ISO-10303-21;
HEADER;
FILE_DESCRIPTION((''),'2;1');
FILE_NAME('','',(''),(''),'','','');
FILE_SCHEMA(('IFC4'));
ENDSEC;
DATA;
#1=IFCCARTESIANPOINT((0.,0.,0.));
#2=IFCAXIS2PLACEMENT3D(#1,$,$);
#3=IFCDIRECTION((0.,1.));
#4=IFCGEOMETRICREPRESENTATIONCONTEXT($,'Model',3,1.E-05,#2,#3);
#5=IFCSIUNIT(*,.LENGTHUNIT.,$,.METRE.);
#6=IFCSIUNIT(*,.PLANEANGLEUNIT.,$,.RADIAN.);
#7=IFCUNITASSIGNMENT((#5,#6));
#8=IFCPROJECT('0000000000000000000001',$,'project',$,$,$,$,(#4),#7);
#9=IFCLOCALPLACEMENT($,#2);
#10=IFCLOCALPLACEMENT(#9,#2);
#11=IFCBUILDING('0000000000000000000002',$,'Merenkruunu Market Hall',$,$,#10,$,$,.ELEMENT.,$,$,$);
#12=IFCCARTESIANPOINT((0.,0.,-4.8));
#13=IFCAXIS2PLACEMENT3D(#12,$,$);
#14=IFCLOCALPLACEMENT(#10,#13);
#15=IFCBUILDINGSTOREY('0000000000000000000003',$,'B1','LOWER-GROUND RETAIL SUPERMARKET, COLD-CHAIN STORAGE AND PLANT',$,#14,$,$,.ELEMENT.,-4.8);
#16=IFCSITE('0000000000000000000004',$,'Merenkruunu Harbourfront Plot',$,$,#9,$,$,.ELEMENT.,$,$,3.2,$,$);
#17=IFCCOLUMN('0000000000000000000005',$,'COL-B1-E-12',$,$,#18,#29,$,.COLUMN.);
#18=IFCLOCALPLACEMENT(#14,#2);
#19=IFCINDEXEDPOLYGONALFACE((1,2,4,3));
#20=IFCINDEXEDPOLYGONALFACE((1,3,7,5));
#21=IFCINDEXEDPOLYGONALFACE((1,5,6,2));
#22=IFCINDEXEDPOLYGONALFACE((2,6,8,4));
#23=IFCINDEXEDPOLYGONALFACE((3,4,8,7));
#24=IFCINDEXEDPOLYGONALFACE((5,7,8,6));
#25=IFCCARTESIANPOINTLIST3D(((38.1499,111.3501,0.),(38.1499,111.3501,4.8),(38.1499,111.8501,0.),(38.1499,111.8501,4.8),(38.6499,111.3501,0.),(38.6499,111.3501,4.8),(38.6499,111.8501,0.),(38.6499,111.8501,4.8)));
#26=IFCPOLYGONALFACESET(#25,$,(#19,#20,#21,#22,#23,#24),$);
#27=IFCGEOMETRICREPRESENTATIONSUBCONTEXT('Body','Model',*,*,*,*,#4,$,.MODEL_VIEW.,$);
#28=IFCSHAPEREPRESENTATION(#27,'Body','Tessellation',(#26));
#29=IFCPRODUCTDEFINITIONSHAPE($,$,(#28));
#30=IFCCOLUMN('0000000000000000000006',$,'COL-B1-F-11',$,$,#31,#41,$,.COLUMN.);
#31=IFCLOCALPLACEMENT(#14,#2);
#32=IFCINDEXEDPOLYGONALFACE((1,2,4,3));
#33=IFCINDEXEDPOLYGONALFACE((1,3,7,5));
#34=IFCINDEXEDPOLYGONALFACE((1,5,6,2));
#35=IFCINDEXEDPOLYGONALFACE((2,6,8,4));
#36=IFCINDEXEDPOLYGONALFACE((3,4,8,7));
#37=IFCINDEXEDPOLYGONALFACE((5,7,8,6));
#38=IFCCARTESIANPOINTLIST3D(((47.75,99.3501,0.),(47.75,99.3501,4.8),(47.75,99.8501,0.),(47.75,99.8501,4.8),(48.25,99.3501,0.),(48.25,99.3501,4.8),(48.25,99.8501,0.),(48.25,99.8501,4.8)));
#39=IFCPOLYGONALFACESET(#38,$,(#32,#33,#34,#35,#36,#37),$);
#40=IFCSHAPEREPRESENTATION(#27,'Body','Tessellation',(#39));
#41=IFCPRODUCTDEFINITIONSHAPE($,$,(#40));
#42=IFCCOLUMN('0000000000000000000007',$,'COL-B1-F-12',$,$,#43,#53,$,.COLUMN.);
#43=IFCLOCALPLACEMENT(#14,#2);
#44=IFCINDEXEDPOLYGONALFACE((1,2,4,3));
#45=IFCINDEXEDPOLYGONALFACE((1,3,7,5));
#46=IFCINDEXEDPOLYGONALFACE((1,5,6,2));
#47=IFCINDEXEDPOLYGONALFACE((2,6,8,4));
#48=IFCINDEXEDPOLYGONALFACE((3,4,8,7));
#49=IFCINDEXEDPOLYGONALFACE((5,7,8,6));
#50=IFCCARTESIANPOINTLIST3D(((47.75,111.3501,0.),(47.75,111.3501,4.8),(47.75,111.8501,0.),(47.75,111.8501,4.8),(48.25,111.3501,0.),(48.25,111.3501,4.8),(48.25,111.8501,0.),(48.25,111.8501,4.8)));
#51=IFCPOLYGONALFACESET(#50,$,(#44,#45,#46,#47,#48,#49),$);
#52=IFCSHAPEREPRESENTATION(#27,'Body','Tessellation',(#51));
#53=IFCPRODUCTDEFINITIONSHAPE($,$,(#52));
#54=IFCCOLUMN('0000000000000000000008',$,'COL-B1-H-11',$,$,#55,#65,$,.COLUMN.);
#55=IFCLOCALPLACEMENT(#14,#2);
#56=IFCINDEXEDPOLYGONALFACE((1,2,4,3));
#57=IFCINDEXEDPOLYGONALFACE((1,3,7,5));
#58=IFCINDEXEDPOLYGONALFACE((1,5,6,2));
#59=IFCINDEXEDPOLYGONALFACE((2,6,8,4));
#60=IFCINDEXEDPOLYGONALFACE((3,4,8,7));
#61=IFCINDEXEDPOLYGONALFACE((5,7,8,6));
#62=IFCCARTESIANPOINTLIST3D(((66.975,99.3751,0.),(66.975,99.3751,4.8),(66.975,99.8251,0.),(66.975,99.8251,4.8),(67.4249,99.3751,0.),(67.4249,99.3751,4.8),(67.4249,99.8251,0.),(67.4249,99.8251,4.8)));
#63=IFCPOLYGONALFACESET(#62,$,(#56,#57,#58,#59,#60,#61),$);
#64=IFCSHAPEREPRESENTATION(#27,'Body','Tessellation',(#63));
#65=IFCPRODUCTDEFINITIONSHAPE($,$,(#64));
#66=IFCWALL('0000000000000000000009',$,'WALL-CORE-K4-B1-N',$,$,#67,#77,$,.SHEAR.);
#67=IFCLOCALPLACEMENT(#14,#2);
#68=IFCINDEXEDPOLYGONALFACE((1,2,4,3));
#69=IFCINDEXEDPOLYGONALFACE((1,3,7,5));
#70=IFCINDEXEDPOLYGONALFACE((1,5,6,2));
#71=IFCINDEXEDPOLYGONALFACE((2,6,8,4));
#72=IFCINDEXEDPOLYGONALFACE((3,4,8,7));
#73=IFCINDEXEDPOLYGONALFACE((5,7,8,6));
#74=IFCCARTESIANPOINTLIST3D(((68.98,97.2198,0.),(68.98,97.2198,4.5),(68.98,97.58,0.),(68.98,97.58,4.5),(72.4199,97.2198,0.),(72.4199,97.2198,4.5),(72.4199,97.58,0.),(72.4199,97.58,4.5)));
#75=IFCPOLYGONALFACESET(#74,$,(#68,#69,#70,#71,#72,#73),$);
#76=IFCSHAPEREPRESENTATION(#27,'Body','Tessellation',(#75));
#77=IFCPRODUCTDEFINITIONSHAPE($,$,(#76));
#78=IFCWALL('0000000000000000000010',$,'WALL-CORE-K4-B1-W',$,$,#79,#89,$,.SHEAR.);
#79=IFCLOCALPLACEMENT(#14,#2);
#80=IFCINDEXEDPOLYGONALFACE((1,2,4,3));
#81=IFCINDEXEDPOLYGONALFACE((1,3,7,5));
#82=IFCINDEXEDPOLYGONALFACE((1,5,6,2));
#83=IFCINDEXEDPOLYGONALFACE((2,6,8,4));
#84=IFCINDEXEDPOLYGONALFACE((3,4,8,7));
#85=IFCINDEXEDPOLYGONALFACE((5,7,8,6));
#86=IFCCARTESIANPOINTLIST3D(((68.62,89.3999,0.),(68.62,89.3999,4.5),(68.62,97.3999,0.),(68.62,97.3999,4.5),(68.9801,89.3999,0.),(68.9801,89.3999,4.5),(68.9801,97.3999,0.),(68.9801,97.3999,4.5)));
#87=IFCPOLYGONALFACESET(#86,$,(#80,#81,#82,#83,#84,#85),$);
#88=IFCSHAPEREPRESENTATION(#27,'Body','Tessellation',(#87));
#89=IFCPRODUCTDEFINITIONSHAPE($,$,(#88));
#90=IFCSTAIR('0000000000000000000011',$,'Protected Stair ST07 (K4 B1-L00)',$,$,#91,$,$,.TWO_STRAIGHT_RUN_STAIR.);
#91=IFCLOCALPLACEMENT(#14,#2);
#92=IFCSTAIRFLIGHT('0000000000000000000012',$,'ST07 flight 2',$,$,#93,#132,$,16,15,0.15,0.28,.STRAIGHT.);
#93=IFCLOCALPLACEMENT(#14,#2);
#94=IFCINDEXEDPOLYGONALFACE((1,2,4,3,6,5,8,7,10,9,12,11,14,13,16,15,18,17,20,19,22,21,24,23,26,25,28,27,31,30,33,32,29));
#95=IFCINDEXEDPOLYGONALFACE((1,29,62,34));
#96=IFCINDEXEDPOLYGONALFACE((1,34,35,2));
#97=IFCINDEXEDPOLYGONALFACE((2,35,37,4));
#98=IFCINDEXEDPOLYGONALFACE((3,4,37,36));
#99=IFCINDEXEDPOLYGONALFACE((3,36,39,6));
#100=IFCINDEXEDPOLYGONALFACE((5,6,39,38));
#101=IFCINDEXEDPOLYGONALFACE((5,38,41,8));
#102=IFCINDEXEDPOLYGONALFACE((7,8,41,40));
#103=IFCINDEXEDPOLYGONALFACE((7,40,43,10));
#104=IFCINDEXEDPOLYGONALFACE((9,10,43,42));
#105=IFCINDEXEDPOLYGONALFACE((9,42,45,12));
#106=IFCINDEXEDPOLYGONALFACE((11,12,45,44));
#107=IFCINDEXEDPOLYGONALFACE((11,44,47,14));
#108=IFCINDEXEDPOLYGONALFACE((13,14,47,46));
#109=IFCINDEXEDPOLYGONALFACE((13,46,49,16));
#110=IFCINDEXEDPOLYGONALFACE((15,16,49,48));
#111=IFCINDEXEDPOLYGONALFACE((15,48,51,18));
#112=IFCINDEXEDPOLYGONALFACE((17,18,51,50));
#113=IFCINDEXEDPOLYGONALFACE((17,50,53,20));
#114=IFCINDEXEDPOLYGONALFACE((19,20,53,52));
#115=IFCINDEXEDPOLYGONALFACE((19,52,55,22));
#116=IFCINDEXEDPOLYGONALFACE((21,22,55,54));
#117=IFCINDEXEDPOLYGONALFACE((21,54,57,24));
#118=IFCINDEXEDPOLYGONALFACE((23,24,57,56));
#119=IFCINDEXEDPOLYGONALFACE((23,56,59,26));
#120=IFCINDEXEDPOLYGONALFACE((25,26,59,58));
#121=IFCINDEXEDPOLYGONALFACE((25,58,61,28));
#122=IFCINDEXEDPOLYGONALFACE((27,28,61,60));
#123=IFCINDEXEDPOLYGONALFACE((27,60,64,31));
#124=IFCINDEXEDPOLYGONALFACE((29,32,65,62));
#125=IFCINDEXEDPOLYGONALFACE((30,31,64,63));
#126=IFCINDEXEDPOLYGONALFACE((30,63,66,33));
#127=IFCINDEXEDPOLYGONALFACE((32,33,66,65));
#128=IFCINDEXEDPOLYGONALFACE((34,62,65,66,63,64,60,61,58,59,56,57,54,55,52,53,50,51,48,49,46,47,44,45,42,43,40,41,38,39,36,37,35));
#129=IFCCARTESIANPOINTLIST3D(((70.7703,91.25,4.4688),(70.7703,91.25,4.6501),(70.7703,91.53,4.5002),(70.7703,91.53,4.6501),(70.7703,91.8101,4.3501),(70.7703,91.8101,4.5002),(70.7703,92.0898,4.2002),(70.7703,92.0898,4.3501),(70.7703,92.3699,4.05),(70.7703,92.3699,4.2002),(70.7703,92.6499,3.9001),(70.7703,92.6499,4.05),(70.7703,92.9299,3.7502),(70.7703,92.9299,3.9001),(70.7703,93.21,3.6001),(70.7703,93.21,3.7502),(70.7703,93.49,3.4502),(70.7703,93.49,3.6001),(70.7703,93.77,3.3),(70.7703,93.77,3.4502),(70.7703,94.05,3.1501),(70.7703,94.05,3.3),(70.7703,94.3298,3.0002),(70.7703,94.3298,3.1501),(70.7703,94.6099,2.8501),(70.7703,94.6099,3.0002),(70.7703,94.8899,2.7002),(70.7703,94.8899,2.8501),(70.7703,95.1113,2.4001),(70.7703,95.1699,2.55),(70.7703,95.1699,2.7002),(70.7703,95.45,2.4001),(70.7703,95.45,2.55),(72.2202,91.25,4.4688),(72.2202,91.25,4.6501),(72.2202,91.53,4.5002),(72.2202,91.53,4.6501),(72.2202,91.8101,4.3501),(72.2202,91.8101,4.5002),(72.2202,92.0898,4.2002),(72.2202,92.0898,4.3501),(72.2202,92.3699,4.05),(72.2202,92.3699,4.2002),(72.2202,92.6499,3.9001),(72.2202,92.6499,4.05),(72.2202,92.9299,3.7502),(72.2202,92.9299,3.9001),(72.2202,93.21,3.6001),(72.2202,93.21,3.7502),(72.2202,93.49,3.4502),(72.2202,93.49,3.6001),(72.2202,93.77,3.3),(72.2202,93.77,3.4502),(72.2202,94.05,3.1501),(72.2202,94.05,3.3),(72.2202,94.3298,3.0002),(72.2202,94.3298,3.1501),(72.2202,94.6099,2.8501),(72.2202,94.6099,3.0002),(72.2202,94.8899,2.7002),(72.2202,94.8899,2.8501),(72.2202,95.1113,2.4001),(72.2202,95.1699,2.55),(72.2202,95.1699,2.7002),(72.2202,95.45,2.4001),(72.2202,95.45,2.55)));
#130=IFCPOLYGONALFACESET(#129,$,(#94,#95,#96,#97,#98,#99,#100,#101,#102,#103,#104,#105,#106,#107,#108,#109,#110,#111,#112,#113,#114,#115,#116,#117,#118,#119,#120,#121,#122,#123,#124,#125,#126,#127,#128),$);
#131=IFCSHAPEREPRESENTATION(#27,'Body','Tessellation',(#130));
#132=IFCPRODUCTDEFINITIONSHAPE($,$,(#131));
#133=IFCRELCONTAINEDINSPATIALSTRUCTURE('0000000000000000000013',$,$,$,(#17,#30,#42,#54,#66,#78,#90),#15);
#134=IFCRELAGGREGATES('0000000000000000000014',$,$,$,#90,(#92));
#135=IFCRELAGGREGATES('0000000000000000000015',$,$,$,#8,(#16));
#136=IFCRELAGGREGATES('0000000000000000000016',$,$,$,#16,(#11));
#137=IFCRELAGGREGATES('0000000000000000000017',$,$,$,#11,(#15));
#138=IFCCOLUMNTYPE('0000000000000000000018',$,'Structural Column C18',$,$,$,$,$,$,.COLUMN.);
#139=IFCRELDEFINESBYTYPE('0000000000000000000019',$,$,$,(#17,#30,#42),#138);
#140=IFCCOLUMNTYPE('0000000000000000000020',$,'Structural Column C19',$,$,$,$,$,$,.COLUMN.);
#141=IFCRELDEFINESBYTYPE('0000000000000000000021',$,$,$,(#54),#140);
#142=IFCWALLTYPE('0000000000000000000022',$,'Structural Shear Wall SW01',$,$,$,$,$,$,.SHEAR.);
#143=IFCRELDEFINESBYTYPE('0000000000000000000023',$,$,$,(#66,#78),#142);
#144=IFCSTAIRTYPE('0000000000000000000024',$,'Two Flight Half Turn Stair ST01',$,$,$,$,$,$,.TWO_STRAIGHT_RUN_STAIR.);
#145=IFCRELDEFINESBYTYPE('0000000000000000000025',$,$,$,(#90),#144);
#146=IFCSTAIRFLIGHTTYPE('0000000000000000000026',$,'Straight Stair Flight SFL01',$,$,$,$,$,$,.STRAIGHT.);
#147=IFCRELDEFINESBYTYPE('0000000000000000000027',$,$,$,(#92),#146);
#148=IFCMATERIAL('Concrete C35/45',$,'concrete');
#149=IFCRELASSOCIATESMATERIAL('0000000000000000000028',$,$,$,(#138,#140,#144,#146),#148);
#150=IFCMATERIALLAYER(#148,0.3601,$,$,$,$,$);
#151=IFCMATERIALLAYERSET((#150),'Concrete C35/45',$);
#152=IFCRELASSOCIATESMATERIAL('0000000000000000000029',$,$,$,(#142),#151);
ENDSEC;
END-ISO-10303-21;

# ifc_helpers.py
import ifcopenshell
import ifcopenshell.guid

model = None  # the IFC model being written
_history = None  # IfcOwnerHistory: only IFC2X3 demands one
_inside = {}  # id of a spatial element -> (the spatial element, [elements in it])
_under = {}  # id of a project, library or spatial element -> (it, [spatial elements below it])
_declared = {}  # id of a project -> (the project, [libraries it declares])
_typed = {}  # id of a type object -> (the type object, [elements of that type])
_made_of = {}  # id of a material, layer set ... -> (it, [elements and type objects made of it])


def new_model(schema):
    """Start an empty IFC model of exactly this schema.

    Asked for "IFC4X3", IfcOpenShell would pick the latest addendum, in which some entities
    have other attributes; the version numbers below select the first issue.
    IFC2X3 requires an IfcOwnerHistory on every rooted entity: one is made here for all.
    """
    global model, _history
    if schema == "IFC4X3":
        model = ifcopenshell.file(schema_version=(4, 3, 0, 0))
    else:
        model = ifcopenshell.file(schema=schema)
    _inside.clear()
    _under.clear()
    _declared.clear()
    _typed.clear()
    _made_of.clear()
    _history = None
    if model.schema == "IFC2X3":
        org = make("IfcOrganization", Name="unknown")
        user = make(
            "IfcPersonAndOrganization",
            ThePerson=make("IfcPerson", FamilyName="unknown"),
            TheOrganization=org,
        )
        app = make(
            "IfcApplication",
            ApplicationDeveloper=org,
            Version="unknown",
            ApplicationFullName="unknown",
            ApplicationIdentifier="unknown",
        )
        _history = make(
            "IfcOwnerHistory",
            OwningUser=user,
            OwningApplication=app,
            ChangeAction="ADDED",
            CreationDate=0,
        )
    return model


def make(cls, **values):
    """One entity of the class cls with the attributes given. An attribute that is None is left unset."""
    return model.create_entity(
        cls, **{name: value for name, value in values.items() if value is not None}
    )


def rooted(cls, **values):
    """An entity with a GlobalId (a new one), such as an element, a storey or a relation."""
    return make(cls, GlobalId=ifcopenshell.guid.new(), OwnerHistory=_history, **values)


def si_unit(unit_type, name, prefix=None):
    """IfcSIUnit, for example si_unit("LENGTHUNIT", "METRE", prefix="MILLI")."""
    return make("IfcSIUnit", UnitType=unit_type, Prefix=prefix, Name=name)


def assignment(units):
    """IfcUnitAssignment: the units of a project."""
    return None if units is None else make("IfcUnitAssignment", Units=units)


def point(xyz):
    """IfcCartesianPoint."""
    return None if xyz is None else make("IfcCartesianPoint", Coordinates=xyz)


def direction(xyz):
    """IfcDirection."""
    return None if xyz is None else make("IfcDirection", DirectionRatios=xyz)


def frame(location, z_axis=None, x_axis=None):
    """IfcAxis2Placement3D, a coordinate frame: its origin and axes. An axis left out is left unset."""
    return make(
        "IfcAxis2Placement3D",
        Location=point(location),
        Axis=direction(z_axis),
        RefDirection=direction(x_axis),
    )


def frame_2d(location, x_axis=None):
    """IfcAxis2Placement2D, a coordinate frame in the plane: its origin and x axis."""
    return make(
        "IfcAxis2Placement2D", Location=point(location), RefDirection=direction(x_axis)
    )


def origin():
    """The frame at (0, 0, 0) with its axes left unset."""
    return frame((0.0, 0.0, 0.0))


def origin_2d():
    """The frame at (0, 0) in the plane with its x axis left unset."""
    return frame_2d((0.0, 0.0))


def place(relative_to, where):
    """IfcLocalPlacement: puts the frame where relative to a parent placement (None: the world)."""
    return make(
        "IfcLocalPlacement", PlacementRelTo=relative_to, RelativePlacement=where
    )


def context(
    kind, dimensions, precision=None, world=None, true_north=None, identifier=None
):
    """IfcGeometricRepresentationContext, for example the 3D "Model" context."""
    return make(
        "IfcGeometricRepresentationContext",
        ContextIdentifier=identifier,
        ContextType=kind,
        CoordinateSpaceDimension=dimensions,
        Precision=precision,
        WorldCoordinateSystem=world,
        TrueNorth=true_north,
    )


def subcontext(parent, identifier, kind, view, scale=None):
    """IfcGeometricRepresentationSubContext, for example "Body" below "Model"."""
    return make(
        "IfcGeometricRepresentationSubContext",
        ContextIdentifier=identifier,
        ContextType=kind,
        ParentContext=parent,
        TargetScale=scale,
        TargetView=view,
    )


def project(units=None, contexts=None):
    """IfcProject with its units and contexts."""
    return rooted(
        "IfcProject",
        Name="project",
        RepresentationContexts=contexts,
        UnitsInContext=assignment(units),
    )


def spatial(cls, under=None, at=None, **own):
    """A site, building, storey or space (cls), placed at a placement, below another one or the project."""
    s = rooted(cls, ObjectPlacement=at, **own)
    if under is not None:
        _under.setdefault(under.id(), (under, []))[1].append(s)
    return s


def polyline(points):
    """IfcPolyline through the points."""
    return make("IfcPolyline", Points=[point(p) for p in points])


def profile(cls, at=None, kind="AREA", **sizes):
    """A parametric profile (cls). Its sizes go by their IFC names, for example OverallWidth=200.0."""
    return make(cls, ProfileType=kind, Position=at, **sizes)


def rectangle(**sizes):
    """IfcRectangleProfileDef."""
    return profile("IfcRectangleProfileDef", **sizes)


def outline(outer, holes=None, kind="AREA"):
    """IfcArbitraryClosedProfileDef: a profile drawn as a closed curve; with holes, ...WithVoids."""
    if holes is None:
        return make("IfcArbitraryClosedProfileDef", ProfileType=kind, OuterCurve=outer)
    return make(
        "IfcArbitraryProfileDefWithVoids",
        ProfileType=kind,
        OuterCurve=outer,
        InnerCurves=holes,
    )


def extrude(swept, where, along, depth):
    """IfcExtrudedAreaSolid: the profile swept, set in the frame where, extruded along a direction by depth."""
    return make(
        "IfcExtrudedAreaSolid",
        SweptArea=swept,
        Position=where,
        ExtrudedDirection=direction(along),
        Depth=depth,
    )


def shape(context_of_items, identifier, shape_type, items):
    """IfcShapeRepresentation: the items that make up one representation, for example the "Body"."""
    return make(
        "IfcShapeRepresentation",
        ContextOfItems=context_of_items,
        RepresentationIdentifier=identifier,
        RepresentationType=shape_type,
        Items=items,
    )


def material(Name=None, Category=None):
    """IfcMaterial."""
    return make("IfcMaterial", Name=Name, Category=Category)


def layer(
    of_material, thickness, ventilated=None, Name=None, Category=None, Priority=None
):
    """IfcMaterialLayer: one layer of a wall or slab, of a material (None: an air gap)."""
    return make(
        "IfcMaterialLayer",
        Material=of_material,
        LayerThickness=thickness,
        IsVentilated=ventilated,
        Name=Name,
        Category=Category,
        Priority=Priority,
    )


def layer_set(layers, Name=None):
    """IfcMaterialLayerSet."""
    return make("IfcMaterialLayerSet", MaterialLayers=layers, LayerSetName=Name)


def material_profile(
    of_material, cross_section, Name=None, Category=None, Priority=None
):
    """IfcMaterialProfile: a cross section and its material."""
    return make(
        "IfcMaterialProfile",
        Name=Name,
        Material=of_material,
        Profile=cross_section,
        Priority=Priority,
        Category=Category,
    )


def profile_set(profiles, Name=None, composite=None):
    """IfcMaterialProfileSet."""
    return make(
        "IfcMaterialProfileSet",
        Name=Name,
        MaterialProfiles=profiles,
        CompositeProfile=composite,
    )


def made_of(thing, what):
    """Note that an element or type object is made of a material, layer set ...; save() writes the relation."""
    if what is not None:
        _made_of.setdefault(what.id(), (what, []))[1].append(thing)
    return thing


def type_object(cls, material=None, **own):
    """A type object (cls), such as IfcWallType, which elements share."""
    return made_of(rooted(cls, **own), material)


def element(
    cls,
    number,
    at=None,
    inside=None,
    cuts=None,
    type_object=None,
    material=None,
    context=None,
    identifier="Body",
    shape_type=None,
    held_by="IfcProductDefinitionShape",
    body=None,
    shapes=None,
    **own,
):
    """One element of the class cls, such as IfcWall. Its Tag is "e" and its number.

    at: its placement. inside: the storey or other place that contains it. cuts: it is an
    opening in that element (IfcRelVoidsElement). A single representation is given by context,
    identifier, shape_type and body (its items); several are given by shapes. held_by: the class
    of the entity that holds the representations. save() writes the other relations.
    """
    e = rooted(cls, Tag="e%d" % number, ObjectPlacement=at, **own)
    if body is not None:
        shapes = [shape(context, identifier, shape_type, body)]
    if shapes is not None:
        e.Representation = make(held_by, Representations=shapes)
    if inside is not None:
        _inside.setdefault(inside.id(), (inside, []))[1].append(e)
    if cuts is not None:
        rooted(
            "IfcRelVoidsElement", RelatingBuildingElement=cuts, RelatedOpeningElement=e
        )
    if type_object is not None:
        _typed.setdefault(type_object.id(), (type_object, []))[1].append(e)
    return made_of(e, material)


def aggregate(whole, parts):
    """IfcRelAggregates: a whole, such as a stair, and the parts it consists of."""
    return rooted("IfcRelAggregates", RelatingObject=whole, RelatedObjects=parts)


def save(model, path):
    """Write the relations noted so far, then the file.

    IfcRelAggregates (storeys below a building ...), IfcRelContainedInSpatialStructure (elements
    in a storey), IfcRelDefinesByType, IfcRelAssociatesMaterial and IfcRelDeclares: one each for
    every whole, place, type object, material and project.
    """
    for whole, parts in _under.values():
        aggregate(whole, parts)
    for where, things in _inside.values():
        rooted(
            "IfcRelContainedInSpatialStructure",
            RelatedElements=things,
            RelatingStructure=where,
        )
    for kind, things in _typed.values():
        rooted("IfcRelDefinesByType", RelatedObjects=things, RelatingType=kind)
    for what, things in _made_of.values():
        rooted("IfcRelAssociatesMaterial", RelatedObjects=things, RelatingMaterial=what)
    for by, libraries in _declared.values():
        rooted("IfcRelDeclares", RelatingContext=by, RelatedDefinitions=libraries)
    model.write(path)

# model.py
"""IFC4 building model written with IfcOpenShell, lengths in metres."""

from ifc_helpers import new_model, si_unit, direction, frame, frame_2d, origin, origin_2d, place, context, subcontext, project, spatial, polyline, rectangle, outline, extrude, material, layer, layer_set, material_profile, profile_set, type_object, element, aggregate, save


model = new_model("IFC4")

# Units and contexts
model_context = context("Model", 3, precision=1e-05, world=origin(), true_north=direction((0.0, 1.0)))
body_context = subcontext(model_context, "Body", "Model", "MODEL_VIEW")
ifc_project = project(units=[si_unit("LENGTHUNIT", "METRE"), si_unit("PLANEANGLEUNIT", "RADIAN")], contexts=[model_context])

# Site, building, storey
site_placement = place(None, origin())
site = spatial("IfcSite", under=ifc_project, at=site_placement, Name="Merenkruunu Harbourfront Plot", CompositionType="ELEMENT", RefElevation=3.2)
building_placement = place(site_placement, origin())
building = spatial("IfcBuilding", under=site, at=building_placement, Name="Merenkruunu Market Hall", CompositionType="ELEMENT")
storey_placement = place(building_placement, frame((0.0, 0.0, -4.8)))
storey = spatial("IfcBuildingStorey", under=building, at=storey_placement, Name="B1", Description="LOWER-GROUND RETAIL SUPERMARKET, COLD-CHAIN STORAGE AND PLANT", CompositionType="ELEMENT", Elevation=-4.8)

# Shared definitions
ifc_material_1 = material(Name="Concrete C35/45", Category="concrete")

# Columns
ifc_material_profile_1 = material_profile(ifc_material_1, rectangle(XDim=0.5, YDim=0.5, at=origin_2d()), Name="RC 500x500")
ifc_profile_set_1 = profile_set([ifc_material_profile_1], Name="Concrete C35/45")
column_type_1 = type_object("IfcColumnType", Name="Structural Column C18", PredefinedType="COLUMN", material=ifc_profile_set_1)
for number, where, z_axis, x_axis, name in (
    (1, (38.3999, 111.6001, 0.0), (0.0, 0.0, 1.0), (1.0, 0.0, 0.0), "COL-B1-E-12"),
    (2, (48.0, 99.6001, 0.0), (0.0, 0.0, 1.0), (1.0, 0.0, 0.0), "COL-B1-F-11"),
    (3, (48.0, 111.6001, 0.0), (0.0, 0.0, 1.0), (1.0, 0.0, 0.0), "COL-B1-F-12"),
):
    element("IfcColumn", number, at=place(storey_placement, frame(where, z_axis=z_axis, x_axis=x_axis)), inside=storey, type_object=column_type_1, Name=name, PredefinedType="COLUMN", context=body_context, shape_type="SweptSolid", body=[
        extrude(rectangle(XDim=0.5, YDim=0.5, at=origin_2d()), origin(), (0.0, 0.0, 1.0), 4.8),
    ])
ifc_material_profile_2 = material_profile(ifc_material_1, rectangle(XDim=0.45, YDim=0.45, at=origin_2d()), Name="RC 450x450")
ifc_profile_set_2 = profile_set([ifc_material_profile_2], Name="Concrete C35/45")
column_type_2 = type_object("IfcColumnType", Name="Structural Column C19", PredefinedType="COLUMN", material=ifc_profile_set_2)
column_placement = place(storey_placement, frame((67.2, 99.6001, 0.0), z_axis=(0.0, 0.0, 1.0), x_axis=(1.0, 0.0, 0.0)))
element("IfcColumn", 4, at=column_placement, inside=storey, type_object=column_type_2, Name="COL-B1-H-11", PredefinedType="COLUMN", context=body_context, shape_type="SweptSolid", body=[
    extrude(rectangle(XDim=0.45, YDim=0.45, at=origin_2d()), origin(), (0.0, 0.0, 1.0), 4.8),
])

# Walls
ifc_layer = layer(ifc_material_1, 0.3601)
ifc_layer_set = layer_set([ifc_layer], Name="Concrete C35/45")
wall_type = type_object("IfcWallType", Name="Structural Shear Wall SW01", PredefinedType="SHEAR", material=ifc_layer_set)
wall_1_placement = place(storey_placement, frame((72.4199, 97.3999, 0.0), z_axis=(0.0, 0.0, 1.0), x_axis=(-1.0, 0.0, 0.0)))
element("IfcWall", 5, at=wall_1_placement, inside=storey, type_object=wall_type, Name="WALL-CORE-K4-B1-N", PredefinedType="SHEAR", context=body_context, shape_type="SweptSolid", body=[
    extrude(rectangle(XDim=3.4399, YDim=0.3601, at=frame_2d((1.72, 0.0))), origin(), (0.0, 0.0, 1.0), 4.5),
])
wall_2_placement = place(storey_placement, frame((68.8, 97.3999, 0.0), z_axis=(0.0, 0.0, 1.0), x_axis=(0.0, -1.0, 0.0)))
element("IfcWall", 6, at=wall_2_placement, inside=storey, type_object=wall_type, Name="WALL-CORE-K4-B1-W", PredefinedType="SHEAR", context=body_context, shape_type="SweptSolid", body=[
    extrude(rectangle(XDim=8.0, YDim=0.3601, at=frame_2d((4.0, 0.0))), origin(), (0.0, 0.0, 1.0), 4.5),
])

# Stair, stair flight
stair_type = type_object("IfcStairType", Name="Two Flight Half Turn Stair ST01", PredefinedType="TWO_STRAIGHT_RUN_STAIR", material=ifc_material_1)
stair_placement = place(storey_placement, origin())
stair = element("IfcStair", 7, at=stair_placement, inside=storey, type_object=stair_type, Name="Protected Stair ST07 (K4 B1-L00)", PredefinedType="TWO_STRAIGHT_RUN_STAIR")
stair_flight_type = type_object("IfcStairFlightType", Name="Straight Stair Flight SFL01", PredefinedType="STRAIGHT", material=ifc_material_1)
stair_flight_placement = place(storey_placement, frame((71.4951, 95.45, 2.4001), z_axis=(0.0, 0.0, 1.0), x_axis=(0.0, -1.0, 0.0)))
stair_flight = element("IfcStairFlight", 8, at=stair_flight_placement, type_object=stair_flight_type, Name="ST07 flight 2", NumberOfRisers=16, NumberOfTreads=15, PredefinedType="STRAIGHT", RiserHeight=0.15, TreadLength=0.28, context=body_context, shape_type="SweptSolid", body=[
    extrude(outline(polyline([(0.0, 0.0), (0.0, 0.1499), (0.28, 0.1499), (0.28, 0.3), (0.5601, 0.3), (0.5601, 0.45), (0.8401, 0.45), (0.8401, 0.6001), (1.1201, 0.6001), (1.1201, 0.75), (1.3999, 0.75), (1.3999, 0.8999), (1.6799, 0.8999), (1.6799, 1.05), (1.96, 1.05), (1.96, 1.2), (2.24, 1.2), (2.24, 1.3501), (2.52, 1.3501), (2.52, 1.5), (2.8, 1.5), (2.8, 1.6499), (3.0801, 1.6499), (3.0801, 1.8), (3.3601, 1.8), (3.3601, 1.95), (3.6399, 1.95), (3.6399, 2.1001), (3.9199, 2.1001), (3.9199, 2.25), (4.2, 2.25), (4.2, 2.3999), (4.2, 2.0686), (0.3386, 0.0), (0.0, 0.0)])), frame((0.0, 0.7251, 0.0), z_axis=(0.0, -1.0, 0.0), x_axis=(1.0, 0.0, 0.0)), (0.0, 0.0, 1.0), 1.45),
])
aggregate(stair, [stair_flight])

save(model, "model.ifc")
